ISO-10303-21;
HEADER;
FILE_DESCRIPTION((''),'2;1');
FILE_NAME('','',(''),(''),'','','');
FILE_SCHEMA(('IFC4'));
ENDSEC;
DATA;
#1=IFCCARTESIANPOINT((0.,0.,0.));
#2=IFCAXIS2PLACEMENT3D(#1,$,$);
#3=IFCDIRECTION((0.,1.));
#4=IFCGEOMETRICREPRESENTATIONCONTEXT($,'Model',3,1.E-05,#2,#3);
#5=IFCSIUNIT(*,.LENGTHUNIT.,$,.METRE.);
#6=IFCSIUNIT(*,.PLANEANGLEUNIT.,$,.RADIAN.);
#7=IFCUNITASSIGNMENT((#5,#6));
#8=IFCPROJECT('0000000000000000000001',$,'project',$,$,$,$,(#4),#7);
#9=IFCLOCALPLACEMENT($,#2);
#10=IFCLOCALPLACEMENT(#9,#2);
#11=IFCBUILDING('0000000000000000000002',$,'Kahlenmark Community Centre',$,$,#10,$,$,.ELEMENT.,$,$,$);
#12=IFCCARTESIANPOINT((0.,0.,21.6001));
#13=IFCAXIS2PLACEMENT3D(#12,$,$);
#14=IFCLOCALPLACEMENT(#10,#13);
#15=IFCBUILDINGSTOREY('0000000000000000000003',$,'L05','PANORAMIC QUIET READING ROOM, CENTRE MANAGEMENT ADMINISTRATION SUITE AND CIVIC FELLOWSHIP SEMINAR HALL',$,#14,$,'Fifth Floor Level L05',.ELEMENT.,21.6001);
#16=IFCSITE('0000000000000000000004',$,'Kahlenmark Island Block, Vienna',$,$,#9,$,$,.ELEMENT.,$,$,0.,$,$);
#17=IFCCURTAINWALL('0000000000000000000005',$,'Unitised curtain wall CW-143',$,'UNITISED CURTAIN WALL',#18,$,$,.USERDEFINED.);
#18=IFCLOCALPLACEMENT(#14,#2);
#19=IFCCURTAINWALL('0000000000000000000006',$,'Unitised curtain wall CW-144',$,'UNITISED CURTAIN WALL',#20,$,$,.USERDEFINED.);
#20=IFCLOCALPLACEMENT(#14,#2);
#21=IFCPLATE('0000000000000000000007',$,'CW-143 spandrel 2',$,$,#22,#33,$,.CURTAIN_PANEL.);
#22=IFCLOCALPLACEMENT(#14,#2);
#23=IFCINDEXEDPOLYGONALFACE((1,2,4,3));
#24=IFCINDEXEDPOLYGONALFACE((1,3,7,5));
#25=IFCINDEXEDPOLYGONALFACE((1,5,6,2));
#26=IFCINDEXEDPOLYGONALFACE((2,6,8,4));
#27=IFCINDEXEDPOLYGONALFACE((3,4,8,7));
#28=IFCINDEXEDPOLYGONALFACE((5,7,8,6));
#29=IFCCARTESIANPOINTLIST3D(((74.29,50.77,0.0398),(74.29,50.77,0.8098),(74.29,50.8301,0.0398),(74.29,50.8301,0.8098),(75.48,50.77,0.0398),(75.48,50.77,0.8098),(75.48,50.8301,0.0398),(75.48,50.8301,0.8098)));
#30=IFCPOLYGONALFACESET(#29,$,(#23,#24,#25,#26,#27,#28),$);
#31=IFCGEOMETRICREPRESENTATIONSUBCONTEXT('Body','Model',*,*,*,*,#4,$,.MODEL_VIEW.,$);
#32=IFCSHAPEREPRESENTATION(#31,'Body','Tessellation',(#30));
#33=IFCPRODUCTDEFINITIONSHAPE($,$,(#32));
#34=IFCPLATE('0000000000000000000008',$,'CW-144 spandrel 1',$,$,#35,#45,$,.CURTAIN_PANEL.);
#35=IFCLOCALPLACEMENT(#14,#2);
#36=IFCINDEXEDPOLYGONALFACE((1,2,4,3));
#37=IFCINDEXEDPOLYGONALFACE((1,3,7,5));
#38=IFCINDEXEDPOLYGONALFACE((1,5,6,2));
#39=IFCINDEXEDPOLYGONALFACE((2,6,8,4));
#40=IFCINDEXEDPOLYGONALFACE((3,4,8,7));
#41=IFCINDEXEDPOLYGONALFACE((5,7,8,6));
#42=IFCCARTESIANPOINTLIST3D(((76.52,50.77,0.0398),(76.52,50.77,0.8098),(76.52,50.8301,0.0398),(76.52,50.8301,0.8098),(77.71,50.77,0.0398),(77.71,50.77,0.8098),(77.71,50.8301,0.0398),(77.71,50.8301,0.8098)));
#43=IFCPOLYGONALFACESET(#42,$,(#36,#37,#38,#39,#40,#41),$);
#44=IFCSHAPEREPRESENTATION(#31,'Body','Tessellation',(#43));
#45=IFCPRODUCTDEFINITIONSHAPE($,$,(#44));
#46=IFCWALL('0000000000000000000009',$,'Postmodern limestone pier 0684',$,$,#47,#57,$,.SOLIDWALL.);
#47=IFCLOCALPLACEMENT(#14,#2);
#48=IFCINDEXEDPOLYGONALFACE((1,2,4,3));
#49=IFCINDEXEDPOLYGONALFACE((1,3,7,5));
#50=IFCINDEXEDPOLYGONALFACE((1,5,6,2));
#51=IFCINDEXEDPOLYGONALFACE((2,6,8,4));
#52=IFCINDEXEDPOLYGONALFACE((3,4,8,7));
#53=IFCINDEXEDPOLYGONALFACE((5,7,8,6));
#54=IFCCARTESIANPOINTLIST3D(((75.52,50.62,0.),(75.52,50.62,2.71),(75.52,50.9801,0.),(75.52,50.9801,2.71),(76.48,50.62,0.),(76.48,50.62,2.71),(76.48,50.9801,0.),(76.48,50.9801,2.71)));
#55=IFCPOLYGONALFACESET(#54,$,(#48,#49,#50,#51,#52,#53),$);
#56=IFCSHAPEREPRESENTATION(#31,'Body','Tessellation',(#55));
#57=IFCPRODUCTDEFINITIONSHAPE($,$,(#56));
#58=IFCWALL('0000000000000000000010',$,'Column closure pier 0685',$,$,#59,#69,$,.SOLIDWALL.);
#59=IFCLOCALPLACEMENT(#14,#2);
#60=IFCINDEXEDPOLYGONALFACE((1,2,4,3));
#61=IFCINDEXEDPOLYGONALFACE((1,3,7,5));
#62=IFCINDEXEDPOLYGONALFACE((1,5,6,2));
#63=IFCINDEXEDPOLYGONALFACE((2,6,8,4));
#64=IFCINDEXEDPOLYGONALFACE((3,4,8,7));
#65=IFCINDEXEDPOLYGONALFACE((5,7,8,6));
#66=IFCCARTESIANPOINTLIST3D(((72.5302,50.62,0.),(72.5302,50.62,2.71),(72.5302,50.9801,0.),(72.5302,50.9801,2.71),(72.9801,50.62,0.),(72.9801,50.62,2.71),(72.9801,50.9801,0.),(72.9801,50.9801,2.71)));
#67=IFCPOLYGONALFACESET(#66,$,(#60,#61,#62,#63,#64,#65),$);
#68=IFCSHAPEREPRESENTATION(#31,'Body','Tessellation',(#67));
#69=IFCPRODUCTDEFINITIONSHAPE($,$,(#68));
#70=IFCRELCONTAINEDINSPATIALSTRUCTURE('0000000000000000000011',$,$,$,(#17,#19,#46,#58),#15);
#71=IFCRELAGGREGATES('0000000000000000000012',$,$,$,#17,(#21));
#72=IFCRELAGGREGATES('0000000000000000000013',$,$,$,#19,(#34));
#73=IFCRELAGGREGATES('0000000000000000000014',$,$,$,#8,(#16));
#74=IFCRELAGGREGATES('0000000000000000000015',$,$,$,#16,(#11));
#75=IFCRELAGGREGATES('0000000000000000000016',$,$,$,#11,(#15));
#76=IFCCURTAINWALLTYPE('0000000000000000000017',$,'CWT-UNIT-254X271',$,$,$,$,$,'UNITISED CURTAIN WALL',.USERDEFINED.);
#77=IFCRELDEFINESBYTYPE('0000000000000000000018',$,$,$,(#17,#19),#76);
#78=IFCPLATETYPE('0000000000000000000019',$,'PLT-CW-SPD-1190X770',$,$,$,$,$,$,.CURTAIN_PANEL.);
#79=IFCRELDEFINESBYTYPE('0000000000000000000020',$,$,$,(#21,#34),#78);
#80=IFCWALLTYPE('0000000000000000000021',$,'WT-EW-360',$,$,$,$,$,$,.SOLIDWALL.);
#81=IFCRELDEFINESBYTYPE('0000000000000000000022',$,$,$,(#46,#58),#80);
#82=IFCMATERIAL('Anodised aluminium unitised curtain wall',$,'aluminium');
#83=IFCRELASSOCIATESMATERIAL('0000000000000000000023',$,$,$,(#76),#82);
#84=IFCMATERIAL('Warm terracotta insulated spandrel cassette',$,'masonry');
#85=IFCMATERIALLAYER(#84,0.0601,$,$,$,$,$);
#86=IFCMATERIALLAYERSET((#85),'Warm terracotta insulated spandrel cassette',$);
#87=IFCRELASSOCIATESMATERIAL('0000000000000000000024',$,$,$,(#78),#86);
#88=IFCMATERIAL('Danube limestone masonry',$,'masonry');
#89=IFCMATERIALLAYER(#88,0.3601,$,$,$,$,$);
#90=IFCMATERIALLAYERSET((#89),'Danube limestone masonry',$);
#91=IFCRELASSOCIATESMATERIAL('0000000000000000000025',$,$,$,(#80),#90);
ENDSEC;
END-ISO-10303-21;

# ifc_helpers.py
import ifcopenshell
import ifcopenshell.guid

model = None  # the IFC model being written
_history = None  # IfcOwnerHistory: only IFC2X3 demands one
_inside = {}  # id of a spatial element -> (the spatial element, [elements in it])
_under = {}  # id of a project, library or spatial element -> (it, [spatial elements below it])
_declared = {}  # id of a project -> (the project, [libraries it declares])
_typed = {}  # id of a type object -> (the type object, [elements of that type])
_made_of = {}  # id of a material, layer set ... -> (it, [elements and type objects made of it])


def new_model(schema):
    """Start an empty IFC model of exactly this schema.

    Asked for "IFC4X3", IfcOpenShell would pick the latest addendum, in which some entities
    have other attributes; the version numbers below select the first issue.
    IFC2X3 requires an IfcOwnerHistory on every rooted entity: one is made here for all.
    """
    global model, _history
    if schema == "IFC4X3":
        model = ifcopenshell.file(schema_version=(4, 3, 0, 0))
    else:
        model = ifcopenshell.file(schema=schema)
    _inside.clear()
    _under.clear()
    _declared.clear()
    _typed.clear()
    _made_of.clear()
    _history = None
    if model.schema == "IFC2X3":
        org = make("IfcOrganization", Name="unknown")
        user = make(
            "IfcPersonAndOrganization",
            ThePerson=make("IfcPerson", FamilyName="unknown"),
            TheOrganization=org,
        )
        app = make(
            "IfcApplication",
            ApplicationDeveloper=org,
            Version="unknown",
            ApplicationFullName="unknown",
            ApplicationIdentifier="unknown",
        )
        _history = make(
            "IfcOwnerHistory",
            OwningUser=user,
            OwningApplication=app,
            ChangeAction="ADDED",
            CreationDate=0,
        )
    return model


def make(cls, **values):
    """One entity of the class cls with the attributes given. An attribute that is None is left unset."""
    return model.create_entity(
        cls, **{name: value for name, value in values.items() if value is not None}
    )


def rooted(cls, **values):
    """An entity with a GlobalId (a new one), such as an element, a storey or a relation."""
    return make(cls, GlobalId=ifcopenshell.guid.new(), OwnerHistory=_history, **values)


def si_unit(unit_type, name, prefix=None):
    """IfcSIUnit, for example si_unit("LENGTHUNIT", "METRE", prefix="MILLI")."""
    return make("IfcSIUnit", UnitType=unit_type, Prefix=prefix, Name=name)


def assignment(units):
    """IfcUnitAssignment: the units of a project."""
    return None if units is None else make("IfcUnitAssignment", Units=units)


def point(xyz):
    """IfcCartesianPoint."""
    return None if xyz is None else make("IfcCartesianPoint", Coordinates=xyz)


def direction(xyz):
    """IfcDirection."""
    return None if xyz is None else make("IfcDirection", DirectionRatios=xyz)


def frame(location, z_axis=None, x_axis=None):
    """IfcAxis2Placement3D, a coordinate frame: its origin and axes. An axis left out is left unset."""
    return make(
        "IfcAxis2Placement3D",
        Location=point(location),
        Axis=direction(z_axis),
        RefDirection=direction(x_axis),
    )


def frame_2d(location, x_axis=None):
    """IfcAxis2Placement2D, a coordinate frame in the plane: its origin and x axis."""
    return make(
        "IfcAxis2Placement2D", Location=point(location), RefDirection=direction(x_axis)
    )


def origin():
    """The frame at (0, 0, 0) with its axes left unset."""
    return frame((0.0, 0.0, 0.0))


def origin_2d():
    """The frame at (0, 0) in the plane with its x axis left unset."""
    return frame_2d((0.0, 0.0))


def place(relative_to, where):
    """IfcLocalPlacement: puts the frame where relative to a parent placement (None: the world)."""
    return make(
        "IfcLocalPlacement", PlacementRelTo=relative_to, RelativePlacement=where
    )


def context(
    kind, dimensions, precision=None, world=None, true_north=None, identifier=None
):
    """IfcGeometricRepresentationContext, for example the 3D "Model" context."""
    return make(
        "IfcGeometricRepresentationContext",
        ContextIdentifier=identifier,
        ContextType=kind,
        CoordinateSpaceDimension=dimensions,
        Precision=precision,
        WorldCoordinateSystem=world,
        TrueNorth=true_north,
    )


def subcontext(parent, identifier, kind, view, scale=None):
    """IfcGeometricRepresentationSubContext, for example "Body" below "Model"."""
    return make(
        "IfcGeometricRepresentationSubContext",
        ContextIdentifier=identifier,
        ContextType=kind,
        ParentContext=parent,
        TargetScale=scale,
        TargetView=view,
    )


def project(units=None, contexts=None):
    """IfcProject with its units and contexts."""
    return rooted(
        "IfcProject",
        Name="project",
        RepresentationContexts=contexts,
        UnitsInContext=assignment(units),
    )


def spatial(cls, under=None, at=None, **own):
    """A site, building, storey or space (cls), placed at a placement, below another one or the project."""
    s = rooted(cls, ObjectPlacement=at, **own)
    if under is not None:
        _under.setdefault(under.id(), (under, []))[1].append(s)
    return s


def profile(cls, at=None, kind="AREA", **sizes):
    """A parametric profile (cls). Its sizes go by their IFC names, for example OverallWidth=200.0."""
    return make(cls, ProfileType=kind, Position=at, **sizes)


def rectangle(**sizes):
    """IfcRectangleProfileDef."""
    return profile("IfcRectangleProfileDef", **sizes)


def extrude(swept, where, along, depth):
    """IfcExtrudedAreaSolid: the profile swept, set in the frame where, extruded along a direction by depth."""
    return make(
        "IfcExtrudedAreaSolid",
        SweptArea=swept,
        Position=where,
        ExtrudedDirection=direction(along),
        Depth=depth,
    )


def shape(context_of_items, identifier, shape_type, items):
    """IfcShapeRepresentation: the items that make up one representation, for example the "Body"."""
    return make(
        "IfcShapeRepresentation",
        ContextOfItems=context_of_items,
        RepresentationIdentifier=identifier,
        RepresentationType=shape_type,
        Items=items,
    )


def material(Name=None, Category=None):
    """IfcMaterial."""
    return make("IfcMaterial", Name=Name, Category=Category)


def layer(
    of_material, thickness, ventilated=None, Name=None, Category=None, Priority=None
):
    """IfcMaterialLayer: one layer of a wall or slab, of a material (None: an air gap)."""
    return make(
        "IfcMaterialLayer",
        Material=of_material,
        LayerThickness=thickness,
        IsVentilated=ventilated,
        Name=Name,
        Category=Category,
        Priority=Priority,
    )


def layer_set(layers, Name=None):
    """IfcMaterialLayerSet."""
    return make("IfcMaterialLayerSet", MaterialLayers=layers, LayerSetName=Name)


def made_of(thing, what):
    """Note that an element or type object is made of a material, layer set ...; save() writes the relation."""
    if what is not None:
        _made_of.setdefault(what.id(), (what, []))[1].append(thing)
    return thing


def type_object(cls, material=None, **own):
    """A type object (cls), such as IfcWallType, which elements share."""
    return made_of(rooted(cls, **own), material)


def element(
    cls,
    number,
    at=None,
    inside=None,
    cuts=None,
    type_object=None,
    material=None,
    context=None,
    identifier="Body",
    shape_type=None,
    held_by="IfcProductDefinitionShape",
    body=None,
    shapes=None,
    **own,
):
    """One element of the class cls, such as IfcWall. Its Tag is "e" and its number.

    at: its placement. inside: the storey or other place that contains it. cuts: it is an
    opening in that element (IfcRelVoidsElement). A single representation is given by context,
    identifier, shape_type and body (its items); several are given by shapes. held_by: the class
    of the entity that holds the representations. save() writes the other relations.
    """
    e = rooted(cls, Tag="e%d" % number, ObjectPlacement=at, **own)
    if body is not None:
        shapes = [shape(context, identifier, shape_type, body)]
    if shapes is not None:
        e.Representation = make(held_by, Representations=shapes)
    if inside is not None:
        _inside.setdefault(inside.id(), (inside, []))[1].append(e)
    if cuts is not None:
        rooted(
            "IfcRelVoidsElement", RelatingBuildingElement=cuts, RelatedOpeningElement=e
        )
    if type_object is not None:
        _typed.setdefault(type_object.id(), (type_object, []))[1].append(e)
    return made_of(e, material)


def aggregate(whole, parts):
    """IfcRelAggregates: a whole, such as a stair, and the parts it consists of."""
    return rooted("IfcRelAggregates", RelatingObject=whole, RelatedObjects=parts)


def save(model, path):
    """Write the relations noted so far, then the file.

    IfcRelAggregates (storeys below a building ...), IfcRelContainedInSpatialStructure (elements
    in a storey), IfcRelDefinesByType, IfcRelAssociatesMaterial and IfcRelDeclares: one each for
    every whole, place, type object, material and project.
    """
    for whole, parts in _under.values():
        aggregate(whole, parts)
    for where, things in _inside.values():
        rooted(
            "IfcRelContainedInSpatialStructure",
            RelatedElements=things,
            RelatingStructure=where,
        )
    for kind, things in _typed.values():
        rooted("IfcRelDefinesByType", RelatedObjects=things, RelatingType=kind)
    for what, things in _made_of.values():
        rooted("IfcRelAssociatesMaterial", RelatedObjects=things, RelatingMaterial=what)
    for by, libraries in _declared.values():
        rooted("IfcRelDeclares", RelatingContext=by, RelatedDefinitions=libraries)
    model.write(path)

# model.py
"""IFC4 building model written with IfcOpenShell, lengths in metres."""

from ifc_helpers import new_model, si_unit, direction, frame, frame_2d, origin, origin_2d, place, context, subcontext, project, spatial, rectangle, extrude, material, layer, layer_set, type_object, element, aggregate, save


model = new_model("IFC4")

# Units and contexts
model_context = context("Model", 3, precision=1e-05, world=origin(), true_north=direction((0.0, 1.0)))
body_context = subcontext(model_context, "Body", "Model", "MODEL_VIEW")
ifc_project = project(units=[si_unit("LENGTHUNIT", "METRE"), si_unit("PLANEANGLEUNIT", "RADIAN")], contexts=[model_context])

# Site, building, storey
site_placement = place(None, origin())
site = spatial("IfcSite", under=ifc_project, at=site_placement, Name="Kahlenmark Island Block, Vienna", CompositionType="ELEMENT", RefElevation=0.0)
building_placement = place(site_placement, origin())
building = spatial("IfcBuilding", under=site, at=building_placement, Name="Kahlenmark Community Centre", CompositionType="ELEMENT")
storey_placement = place(building_placement, frame((0.0, 0.0, 21.6001)))
storey = spatial("IfcBuildingStorey", under=building, at=storey_placement, Name="L05", Description="PANORAMIC QUIET READING ROOM, CENTRE MANAGEMENT ADMINISTRATION SUITE AND CIVIC FELLOWSHIP SEMINAR HALL", LongName="Fifth Floor Level L05", CompositionType="ELEMENT", Elevation=21.6001)

# Curtain wall
ifc_material_1 = material(Name="Anodised aluminium unitised curtain wall", Category="aluminium")
curtain_wall_type = type_object("IfcCurtainWallType", Name="CWT-UNIT-254X271", ElementType="UNITISED CURTAIN WALL", PredefinedType="USERDEFINED", material=ifc_material_1)
curtain_wall_1_placement = place(storey_placement, origin())
curtain_wall_1 = element("IfcCurtainWall", 1, at=curtain_wall_1_placement, inside=storey, type_object=curtain_wall_type, Name="Unitised curtain wall CW-143", ObjectType="UNITISED CURTAIN WALL", PredefinedType="USERDEFINED")

# Curtain wall
curtain_wall_2_placement = place(storey_placement, origin())
curtain_wall_2 = element("IfcCurtainWall", 2, at=curtain_wall_2_placement, inside=storey, type_object=curtain_wall_type, Name="Unitised curtain wall CW-144", ObjectType="UNITISED CURTAIN WALL", PredefinedType="USERDEFINED")

# Plates
ifc_material_2 = material(Name="Warm terracotta insulated spandrel cassette", Category="masonry")
ifc_layer_1 = layer(ifc_material_2, 0.0601)
ifc_layer_set_1 = layer_set([ifc_layer_1], Name="Warm terracotta insulated spandrel cassette")
plate_type_1 = type_object("IfcPlateType", Name="PLT-CW-SPD-1190X770", PredefinedType="CURTAIN_PANEL", material=ifc_layer_set_1)
plate_1_placement = place(storey_placement, frame((74.885, 50.8, 0.0398), z_axis=(0.0, 0.0, 1.0), x_axis=(1.0, 0.0, 0.0)))
plate_1 = element("IfcPlate", 3, at=plate_1_placement, type_object=plate_type_1, Name="CW-143 spandrel 2", PredefinedType="CURTAIN_PANEL", context=body_context, shape_type="SweptSolid", body=[
    extrude(rectangle(XDim=1.1899, YDim=0.0601, at=origin_2d()), origin(), (0.0, 0.0, 1.0), 0.77),
])
aggregate(curtain_wall_1, [plate_1])
plate_2_placement = place(storey_placement, frame((77.115, 50.8, 0.0398), z_axis=(0.0, 0.0, 1.0), x_axis=(1.0, 0.0, 0.0)))
plate_2 = element("IfcPlate", 4, at=plate_2_placement, type_object=plate_type_1, Name="CW-144 spandrel 1", PredefinedType="CURTAIN_PANEL", context=body_context, shape_type="SweptSolid", body=[
    extrude(rectangle(XDim=1.1899, YDim=0.0601, at=origin_2d()), origin(), (0.0, 0.0, 1.0), 0.77),
])
aggregate(curtain_wall_2, [plate_2])

# Walls
ifc_material_3 = material(Name="Danube limestone masonry", Category="masonry")
ifc_layer_2 = layer(ifc_material_3, 0.3601)
ifc_layer_set_2 = layer_set([ifc_layer_2], Name="Danube limestone masonry")
wall_type = type_object("IfcWallType", Name="WT-EW-360", PredefinedType="SOLIDWALL", material=ifc_layer_set_2)
wall_1_placement = place(storey_placement, frame((75.52, 50.8, 0.0), z_axis=(0.0, 0.0, 1.0), x_axis=(1.0, 0.0, 0.0)))
element("IfcWall", 5, at=wall_1_placement, inside=storey, type_object=wall_type, Name="Postmodern limestone pier 0684", PredefinedType="SOLIDWALL", context=body_context, shape_type="SweptSolid", body=[
    extrude(rectangle(XDim=0.96, YDim=0.3601, at=frame_2d((0.48, 0.0))), origin(), (0.0, 0.0, 1.0), 2.71),
])
wall_2_placement = place(storey_placement, frame((72.53, 50.8, 0.0), z_axis=(0.0, 0.0, 1.0), x_axis=(1.0, 0.0, 0.0)))
element("IfcWall", 6, at=wall_2_placement, inside=storey, type_object=wall_type, Name="Column closure pier 0685", PredefinedType="SOLIDWALL", context=body_context, shape_type="SweptSolid", body=[
    extrude(rectangle(XDim=0.45, YDim=0.3601, at=frame_2d((0.2251, 0.0))), origin(), (0.0, 0.0, 1.0), 2.71),
])

save(model, "model.ifc")
